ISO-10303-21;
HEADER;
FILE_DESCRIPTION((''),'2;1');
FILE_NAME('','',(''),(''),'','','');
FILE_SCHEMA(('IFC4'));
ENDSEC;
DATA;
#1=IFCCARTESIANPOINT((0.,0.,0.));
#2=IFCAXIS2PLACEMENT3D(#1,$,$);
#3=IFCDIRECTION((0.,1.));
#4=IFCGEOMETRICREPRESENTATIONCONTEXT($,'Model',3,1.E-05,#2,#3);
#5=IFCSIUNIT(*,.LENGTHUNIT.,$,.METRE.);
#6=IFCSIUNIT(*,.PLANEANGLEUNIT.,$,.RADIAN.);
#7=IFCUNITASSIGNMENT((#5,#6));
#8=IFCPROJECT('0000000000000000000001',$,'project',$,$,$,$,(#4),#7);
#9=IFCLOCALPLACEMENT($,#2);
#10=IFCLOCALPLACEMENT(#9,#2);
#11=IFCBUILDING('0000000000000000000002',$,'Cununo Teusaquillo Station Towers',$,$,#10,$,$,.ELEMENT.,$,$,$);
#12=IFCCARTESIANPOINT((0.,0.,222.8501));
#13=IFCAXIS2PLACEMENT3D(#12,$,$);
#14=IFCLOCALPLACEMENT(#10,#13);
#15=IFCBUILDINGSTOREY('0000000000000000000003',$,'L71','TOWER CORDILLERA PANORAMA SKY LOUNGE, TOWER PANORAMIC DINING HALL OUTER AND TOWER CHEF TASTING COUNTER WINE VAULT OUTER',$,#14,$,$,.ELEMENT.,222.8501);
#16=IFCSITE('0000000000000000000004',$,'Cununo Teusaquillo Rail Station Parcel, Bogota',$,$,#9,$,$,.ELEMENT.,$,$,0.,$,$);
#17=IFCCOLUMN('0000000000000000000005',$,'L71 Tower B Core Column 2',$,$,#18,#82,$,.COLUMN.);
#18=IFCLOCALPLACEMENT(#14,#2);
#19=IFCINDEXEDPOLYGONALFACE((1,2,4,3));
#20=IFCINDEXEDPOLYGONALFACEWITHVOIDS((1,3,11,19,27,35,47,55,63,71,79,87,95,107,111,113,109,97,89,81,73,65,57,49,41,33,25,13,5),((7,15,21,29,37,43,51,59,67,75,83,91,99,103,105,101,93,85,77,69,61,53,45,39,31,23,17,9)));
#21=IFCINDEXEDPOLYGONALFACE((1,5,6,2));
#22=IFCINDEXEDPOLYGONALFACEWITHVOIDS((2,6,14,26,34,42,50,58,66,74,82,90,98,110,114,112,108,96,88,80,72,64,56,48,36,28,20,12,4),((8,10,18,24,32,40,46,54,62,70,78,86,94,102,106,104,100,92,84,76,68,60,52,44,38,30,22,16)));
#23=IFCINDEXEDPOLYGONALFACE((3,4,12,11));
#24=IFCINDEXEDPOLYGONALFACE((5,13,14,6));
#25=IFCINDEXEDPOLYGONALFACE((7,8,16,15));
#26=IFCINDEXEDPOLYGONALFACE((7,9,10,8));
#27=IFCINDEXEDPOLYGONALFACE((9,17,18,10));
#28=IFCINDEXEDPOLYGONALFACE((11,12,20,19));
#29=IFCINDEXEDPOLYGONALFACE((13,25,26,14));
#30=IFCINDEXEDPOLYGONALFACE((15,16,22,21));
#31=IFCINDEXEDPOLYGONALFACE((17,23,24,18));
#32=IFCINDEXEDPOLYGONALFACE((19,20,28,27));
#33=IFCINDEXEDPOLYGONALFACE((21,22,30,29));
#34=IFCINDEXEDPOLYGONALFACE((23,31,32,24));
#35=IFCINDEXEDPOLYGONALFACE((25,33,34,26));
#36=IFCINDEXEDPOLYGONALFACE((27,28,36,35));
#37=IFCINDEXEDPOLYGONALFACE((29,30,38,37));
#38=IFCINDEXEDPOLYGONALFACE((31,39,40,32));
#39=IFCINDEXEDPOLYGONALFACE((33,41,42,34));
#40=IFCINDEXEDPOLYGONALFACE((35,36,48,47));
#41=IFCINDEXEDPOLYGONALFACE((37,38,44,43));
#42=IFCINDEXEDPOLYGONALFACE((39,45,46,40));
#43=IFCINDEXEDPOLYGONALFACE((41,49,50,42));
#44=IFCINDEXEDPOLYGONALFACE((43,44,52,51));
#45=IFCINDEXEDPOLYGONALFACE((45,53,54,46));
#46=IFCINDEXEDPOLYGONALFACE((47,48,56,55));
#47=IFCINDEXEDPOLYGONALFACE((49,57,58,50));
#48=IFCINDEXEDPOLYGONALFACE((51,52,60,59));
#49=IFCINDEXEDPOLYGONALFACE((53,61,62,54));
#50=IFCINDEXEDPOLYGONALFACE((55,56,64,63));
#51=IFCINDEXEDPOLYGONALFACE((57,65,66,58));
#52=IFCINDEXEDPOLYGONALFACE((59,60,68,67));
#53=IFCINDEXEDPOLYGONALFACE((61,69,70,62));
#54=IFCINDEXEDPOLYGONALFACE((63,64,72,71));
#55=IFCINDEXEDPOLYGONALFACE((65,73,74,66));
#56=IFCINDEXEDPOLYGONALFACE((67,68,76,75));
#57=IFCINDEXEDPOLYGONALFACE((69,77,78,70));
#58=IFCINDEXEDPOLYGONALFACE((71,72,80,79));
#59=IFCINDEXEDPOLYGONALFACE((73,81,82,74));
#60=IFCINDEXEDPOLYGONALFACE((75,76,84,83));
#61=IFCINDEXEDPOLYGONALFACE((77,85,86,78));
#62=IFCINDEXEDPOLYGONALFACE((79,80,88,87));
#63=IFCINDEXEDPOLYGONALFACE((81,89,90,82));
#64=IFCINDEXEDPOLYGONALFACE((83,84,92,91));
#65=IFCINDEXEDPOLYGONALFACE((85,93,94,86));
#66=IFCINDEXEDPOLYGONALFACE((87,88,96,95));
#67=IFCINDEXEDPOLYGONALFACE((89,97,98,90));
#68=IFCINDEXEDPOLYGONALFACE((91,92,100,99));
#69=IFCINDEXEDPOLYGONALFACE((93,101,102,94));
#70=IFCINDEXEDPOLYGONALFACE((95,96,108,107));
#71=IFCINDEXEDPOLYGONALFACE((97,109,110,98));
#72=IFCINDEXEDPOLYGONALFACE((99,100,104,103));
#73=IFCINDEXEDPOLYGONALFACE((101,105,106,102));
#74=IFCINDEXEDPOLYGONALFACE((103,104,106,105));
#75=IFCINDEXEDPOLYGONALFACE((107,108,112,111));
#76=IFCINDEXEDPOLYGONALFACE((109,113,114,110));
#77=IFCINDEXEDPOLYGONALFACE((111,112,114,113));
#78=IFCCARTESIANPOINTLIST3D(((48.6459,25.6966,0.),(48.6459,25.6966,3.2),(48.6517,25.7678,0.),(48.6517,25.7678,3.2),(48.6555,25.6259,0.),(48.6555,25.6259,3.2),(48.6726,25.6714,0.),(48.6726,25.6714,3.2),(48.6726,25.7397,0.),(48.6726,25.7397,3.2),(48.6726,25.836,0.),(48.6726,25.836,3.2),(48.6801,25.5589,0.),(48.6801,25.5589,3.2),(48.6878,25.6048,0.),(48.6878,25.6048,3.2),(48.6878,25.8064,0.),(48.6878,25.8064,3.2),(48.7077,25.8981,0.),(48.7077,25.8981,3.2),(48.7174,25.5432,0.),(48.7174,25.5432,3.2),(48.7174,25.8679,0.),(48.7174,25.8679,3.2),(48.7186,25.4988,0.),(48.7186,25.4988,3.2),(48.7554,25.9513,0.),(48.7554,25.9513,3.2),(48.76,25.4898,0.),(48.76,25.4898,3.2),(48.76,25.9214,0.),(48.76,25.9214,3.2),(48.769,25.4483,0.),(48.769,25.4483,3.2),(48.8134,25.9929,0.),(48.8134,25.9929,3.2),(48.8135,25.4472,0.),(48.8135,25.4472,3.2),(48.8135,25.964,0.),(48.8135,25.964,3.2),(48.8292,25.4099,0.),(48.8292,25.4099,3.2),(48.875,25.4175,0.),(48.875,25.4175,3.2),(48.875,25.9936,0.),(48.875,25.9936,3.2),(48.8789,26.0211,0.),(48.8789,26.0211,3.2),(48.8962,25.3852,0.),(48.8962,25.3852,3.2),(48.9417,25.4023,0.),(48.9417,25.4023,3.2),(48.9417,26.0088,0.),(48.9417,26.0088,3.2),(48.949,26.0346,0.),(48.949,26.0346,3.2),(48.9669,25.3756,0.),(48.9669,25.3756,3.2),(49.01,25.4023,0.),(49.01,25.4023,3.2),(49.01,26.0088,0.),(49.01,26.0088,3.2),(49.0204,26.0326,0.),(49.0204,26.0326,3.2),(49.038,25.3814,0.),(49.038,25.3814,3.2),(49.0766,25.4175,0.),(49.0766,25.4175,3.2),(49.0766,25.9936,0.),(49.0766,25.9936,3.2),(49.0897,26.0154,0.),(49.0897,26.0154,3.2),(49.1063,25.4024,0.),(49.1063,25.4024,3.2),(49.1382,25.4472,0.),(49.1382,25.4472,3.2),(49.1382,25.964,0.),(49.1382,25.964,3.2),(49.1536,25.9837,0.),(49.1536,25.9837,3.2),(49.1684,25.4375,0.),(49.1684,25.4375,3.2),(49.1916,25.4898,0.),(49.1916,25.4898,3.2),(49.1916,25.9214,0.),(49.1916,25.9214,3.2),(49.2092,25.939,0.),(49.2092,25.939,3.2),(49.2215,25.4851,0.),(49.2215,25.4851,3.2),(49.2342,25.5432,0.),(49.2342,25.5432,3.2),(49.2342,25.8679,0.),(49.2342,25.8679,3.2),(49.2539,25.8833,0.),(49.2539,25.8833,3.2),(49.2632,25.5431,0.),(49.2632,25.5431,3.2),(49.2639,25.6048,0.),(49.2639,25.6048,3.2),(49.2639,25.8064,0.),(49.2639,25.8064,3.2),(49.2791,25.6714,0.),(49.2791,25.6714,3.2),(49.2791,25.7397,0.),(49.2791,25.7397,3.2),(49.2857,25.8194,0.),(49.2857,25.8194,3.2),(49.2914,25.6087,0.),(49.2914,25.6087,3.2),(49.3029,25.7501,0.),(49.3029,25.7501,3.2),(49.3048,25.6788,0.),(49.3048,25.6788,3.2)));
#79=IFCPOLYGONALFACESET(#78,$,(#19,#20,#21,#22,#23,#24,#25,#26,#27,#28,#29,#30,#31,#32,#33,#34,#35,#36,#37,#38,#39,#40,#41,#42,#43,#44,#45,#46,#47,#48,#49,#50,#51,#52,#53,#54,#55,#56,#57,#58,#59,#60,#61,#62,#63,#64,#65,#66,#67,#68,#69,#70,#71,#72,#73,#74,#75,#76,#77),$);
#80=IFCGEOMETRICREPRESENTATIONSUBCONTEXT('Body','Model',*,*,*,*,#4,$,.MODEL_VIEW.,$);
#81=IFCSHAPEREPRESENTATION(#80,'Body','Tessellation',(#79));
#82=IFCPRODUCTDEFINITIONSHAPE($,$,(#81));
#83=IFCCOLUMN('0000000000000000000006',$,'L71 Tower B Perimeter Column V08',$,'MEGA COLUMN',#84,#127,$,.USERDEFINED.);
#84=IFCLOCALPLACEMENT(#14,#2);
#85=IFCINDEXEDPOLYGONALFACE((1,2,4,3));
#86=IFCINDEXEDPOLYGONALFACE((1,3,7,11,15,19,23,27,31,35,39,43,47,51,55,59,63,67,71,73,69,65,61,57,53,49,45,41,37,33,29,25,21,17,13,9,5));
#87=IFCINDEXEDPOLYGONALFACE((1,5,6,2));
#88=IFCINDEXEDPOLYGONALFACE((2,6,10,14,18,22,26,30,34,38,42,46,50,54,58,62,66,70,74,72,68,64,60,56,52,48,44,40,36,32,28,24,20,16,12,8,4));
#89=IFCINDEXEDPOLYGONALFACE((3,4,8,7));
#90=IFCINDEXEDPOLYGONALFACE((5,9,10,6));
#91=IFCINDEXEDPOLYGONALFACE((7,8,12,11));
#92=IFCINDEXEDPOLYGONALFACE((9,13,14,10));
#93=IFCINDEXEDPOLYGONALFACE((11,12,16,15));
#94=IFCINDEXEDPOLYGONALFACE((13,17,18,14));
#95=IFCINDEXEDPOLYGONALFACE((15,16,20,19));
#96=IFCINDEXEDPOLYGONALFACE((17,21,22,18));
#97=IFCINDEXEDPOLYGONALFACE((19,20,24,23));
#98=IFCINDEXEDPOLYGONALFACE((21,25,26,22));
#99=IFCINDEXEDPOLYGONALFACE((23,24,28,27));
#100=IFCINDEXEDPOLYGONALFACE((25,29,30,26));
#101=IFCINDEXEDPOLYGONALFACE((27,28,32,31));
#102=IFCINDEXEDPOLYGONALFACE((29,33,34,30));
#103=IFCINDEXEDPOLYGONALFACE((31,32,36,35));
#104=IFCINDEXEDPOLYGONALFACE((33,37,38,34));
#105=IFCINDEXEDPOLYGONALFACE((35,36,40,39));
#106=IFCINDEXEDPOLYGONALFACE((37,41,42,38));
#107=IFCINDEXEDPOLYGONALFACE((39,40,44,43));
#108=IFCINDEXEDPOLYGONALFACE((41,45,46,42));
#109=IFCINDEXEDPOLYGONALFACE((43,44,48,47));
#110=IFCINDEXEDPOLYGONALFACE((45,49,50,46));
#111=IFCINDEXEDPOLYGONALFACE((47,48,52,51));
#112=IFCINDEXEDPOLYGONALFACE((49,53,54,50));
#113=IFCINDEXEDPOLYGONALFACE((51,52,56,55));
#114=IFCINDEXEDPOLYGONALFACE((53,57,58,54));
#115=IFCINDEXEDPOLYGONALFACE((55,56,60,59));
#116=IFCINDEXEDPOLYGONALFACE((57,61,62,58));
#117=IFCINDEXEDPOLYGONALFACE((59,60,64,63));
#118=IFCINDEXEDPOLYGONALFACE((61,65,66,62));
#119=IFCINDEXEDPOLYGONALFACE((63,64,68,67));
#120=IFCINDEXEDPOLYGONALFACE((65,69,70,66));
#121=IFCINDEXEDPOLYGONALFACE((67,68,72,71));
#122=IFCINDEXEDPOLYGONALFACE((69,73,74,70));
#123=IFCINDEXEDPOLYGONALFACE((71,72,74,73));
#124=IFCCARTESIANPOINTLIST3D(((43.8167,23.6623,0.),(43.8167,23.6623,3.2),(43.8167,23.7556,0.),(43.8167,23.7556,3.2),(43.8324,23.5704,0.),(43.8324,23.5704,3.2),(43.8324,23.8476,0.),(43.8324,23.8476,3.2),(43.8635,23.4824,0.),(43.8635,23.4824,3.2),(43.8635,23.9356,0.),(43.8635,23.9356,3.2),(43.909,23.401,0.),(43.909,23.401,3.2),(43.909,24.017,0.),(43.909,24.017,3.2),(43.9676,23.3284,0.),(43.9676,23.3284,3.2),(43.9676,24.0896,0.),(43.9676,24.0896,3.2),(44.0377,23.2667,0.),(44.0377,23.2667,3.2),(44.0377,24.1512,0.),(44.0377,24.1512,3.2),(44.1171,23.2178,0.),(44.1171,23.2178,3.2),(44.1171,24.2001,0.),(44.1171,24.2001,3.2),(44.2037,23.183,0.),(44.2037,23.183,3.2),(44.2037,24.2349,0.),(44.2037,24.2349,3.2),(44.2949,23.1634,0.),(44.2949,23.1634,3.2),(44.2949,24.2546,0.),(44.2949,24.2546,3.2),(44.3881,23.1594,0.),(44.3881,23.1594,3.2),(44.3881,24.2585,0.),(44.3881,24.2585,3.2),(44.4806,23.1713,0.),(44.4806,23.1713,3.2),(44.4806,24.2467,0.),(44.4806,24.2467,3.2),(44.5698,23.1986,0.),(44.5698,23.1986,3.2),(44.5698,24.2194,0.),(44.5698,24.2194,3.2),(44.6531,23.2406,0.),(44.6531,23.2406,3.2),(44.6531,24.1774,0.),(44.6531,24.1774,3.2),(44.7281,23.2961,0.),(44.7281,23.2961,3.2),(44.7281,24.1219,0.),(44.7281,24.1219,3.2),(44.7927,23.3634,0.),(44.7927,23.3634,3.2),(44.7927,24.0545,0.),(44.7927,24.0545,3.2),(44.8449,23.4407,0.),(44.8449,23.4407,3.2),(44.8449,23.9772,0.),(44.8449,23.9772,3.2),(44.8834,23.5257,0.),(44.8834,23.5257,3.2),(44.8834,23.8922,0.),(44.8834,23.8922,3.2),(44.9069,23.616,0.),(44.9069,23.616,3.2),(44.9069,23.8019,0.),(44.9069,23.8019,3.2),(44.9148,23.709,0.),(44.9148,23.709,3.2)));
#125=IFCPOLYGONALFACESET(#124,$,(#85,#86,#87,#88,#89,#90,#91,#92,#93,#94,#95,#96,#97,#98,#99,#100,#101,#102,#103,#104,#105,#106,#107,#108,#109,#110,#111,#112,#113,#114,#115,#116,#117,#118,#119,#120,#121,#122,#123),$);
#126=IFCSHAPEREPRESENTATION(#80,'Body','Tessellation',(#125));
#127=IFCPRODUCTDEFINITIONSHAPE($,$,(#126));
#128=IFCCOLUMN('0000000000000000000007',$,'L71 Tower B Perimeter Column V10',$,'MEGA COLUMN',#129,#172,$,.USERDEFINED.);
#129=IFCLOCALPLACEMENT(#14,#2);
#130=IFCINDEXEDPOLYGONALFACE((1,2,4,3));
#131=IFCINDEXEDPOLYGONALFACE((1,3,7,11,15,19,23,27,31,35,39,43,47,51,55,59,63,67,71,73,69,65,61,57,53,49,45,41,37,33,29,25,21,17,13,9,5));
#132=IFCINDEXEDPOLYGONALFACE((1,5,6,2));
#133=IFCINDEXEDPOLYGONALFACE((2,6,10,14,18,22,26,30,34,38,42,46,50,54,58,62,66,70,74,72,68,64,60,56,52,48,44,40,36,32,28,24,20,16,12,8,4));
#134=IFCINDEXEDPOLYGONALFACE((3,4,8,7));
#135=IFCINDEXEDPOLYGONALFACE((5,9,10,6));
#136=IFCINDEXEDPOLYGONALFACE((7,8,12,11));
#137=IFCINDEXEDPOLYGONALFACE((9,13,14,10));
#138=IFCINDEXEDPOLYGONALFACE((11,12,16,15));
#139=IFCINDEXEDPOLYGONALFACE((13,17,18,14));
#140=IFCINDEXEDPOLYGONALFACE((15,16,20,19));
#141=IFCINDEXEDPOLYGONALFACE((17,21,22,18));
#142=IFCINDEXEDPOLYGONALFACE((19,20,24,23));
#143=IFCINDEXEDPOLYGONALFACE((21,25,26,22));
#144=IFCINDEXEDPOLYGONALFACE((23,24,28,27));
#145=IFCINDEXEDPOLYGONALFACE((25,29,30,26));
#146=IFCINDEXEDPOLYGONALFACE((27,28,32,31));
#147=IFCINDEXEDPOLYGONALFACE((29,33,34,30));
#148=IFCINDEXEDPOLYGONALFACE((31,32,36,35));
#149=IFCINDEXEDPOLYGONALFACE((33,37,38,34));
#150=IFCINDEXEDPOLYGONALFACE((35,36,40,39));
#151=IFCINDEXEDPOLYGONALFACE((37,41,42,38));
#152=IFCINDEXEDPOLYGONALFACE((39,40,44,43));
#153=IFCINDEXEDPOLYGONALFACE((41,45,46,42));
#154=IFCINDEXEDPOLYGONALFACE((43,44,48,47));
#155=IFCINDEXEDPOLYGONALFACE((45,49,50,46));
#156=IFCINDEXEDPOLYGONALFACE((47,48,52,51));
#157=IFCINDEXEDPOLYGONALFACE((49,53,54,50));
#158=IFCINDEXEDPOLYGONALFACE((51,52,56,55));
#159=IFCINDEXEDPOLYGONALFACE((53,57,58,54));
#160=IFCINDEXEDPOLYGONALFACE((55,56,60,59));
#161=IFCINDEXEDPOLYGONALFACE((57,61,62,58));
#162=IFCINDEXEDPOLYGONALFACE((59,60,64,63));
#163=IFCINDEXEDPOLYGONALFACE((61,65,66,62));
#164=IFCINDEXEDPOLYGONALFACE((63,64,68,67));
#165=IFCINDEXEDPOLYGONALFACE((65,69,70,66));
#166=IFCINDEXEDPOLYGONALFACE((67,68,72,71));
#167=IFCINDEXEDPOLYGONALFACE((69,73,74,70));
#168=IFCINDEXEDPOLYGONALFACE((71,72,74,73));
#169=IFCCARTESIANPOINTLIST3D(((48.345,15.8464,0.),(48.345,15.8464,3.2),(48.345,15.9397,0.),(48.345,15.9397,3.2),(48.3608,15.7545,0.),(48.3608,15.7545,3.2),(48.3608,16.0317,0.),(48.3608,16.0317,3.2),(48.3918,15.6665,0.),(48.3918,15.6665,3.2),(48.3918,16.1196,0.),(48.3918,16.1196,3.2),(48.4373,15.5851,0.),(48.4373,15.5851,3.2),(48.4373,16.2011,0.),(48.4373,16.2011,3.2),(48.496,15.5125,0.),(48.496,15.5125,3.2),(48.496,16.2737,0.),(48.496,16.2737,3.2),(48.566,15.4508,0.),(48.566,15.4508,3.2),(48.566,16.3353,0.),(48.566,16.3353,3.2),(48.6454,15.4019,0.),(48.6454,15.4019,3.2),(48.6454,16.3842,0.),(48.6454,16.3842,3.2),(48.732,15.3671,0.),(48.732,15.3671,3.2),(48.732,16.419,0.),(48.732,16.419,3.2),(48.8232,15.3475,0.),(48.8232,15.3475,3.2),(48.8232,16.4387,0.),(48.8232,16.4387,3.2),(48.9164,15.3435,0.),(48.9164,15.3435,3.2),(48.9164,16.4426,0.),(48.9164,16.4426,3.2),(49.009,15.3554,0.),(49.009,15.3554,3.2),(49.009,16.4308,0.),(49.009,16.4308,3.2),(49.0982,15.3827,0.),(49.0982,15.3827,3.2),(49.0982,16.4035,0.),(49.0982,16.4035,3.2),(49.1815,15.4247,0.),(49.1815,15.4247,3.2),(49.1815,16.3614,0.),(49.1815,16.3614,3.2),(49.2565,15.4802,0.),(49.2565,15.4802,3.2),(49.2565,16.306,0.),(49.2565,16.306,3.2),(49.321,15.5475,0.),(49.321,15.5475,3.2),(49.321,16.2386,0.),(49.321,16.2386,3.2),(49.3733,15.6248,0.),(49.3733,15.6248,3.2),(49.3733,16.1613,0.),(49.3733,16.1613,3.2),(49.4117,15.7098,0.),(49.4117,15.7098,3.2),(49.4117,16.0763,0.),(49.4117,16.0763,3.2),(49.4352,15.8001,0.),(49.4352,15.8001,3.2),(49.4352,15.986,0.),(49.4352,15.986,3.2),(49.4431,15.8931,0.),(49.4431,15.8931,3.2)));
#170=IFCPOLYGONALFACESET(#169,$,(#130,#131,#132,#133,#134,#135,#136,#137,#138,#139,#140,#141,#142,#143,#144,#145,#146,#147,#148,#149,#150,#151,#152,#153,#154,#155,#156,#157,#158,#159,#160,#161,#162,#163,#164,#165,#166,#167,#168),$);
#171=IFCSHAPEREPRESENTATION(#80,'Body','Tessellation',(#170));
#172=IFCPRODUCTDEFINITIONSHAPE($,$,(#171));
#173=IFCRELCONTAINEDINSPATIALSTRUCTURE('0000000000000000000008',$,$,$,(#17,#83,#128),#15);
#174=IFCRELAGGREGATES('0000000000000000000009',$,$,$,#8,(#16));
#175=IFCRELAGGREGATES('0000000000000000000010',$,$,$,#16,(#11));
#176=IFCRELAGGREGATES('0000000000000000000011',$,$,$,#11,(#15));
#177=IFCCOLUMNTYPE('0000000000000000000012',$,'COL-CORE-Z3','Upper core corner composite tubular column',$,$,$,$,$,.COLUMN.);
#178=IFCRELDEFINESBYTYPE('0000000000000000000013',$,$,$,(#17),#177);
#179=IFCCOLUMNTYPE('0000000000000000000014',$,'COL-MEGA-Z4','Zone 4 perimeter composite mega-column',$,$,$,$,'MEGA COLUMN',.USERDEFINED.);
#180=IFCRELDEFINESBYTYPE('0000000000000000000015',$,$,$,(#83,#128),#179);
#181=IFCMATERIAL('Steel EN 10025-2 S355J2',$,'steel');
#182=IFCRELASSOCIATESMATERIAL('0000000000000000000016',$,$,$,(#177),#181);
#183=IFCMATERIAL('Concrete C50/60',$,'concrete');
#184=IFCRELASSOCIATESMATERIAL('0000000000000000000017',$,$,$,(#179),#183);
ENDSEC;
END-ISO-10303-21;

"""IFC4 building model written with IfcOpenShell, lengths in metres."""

from ifc_helpers import new_model, si_unit, direction, frame, origin, origin_2d, place, context, subcontext, project, spatial, circle, hollow_circle, extrude, material, material_profile, profile_set, type_object, element, save


model = new_model("IFC4")

# Units and contexts
model_context = context("Model", 3, precision=1e-05, world=origin(), true_north=direction((0.0, 1.0)))
body_context = subcontext(model_context, "Body", "Model", "MODEL_VIEW")
ifc_project = project(units=[si_unit("LENGTHUNIT", "METRE"), si_unit("PLANEANGLEUNIT", "RADIAN")], contexts=[model_context])

# Site, building, storey
site_placement = place(None, origin())
site = spatial("IfcSite", under=ifc_project, at=site_placement, Name="Cununo Teusaquillo Rail Station Parcel, Bogota", CompositionType="ELEMENT", RefElevation=0.0)
building_placement = place(site_placement, origin())
building = spatial("IfcBuilding", under=site, at=building_placement, Name="Cununo Teusaquillo Station Towers", CompositionType="ELEMENT")
storey_placement = place(building_placement, frame((0.0, 0.0, 222.8501)))
storey = spatial("IfcBuildingStorey", under=building, at=storey_placement, Name="L71", Description="TOWER CORDILLERA PANORAMA SKY LOUNGE, TOWER PANORAMIC DINING HALL OUTER AND TOWER CHEF TASTING COUNTER WINE VAULT OUTER", CompositionType="ELEMENT", Elevation=222.8501)

# Columns
ifc_material_1 = material(Name="Steel EN 10025-2 S355J2", Category="steel")
ifc_material_profile_1 = material_profile(ifc_material_1, hollow_circle(Radius=0.3301, WallThickness=0.0249, at=origin_2d()), Name="CHS 660x25")
ifc_profile_set_1 = profile_set([ifc_material_profile_1], Name="Steel EN 10025-2 S355J2")
column_type_1 = type_object("IfcColumnType", Name="COL-CORE-Z3", Description="Upper core corner composite tubular column", PredefinedType="COLUMN", material=ifc_profile_set_1)
column_placement = place(storey_placement, frame((48.9758, 25.7056, 0.0), z_axis=(0.0, 0.0, 1.0), x_axis=(0.707107, 0.707107, 0.0)))
element("IfcColumn", 1, at=column_placement, inside=storey, type_object=column_type_1, Name="L71 Tower B Core Column 2", PredefinedType="COLUMN", context=body_context, shape_type="SweptSolid", body=[
    extrude(hollow_circle(Radius=0.3301, WallThickness=0.0249, at=origin_2d()), origin(), (0.0, 0.0, 1.0), 3.2),
])
ifc_material_2 = material(Name="Concrete C50/60", Category="concrete")
ifc_material_profile_2 = material_profile(ifc_material_2, circle(Radius=0.55, at=origin_2d()), Name="RC-CIRC-1100")
ifc_profile_set_2 = profile_set([ifc_material_profile_2], Name="Concrete C50/60")
column_type_2 = type_object("IfcColumnType", Name="COL-MEGA-Z4", Description="Zone 4 perimeter composite mega-column", ElementType="MEGA COLUMN", PredefinedType="USERDEFINED", material=ifc_profile_set_2)
for number, where, z_axis, x_axis, name in (
    (2, (44.3647, 23.709, 0.0), (0.0, 0.0, 1.0), (1.0, 0.0, 0.0), "L71 Tower B Perimeter Column V08"),
    (3, (48.8931, 15.8931, 0.0), (0.0, 0.0, 1.0), (1.0, 0.0, 0.0), "L71 Tower B Perimeter Column V10"),
):
    element("IfcColumn", number, at=place(storey_placement, frame(where, z_axis=z_axis, x_axis=x_axis)), inside=storey, type_object=column_type_2, Name=name, ObjectType="MEGA COLUMN", PredefinedType="USERDEFINED", context=body_context, shape_type="SweptSolid", body=[
        extrude(circle(Radius=0.55, at=origin_2d()), origin(), (0.0, 0.0, 1.0), 3.2),
    ])

save(model, "model.ifc")
